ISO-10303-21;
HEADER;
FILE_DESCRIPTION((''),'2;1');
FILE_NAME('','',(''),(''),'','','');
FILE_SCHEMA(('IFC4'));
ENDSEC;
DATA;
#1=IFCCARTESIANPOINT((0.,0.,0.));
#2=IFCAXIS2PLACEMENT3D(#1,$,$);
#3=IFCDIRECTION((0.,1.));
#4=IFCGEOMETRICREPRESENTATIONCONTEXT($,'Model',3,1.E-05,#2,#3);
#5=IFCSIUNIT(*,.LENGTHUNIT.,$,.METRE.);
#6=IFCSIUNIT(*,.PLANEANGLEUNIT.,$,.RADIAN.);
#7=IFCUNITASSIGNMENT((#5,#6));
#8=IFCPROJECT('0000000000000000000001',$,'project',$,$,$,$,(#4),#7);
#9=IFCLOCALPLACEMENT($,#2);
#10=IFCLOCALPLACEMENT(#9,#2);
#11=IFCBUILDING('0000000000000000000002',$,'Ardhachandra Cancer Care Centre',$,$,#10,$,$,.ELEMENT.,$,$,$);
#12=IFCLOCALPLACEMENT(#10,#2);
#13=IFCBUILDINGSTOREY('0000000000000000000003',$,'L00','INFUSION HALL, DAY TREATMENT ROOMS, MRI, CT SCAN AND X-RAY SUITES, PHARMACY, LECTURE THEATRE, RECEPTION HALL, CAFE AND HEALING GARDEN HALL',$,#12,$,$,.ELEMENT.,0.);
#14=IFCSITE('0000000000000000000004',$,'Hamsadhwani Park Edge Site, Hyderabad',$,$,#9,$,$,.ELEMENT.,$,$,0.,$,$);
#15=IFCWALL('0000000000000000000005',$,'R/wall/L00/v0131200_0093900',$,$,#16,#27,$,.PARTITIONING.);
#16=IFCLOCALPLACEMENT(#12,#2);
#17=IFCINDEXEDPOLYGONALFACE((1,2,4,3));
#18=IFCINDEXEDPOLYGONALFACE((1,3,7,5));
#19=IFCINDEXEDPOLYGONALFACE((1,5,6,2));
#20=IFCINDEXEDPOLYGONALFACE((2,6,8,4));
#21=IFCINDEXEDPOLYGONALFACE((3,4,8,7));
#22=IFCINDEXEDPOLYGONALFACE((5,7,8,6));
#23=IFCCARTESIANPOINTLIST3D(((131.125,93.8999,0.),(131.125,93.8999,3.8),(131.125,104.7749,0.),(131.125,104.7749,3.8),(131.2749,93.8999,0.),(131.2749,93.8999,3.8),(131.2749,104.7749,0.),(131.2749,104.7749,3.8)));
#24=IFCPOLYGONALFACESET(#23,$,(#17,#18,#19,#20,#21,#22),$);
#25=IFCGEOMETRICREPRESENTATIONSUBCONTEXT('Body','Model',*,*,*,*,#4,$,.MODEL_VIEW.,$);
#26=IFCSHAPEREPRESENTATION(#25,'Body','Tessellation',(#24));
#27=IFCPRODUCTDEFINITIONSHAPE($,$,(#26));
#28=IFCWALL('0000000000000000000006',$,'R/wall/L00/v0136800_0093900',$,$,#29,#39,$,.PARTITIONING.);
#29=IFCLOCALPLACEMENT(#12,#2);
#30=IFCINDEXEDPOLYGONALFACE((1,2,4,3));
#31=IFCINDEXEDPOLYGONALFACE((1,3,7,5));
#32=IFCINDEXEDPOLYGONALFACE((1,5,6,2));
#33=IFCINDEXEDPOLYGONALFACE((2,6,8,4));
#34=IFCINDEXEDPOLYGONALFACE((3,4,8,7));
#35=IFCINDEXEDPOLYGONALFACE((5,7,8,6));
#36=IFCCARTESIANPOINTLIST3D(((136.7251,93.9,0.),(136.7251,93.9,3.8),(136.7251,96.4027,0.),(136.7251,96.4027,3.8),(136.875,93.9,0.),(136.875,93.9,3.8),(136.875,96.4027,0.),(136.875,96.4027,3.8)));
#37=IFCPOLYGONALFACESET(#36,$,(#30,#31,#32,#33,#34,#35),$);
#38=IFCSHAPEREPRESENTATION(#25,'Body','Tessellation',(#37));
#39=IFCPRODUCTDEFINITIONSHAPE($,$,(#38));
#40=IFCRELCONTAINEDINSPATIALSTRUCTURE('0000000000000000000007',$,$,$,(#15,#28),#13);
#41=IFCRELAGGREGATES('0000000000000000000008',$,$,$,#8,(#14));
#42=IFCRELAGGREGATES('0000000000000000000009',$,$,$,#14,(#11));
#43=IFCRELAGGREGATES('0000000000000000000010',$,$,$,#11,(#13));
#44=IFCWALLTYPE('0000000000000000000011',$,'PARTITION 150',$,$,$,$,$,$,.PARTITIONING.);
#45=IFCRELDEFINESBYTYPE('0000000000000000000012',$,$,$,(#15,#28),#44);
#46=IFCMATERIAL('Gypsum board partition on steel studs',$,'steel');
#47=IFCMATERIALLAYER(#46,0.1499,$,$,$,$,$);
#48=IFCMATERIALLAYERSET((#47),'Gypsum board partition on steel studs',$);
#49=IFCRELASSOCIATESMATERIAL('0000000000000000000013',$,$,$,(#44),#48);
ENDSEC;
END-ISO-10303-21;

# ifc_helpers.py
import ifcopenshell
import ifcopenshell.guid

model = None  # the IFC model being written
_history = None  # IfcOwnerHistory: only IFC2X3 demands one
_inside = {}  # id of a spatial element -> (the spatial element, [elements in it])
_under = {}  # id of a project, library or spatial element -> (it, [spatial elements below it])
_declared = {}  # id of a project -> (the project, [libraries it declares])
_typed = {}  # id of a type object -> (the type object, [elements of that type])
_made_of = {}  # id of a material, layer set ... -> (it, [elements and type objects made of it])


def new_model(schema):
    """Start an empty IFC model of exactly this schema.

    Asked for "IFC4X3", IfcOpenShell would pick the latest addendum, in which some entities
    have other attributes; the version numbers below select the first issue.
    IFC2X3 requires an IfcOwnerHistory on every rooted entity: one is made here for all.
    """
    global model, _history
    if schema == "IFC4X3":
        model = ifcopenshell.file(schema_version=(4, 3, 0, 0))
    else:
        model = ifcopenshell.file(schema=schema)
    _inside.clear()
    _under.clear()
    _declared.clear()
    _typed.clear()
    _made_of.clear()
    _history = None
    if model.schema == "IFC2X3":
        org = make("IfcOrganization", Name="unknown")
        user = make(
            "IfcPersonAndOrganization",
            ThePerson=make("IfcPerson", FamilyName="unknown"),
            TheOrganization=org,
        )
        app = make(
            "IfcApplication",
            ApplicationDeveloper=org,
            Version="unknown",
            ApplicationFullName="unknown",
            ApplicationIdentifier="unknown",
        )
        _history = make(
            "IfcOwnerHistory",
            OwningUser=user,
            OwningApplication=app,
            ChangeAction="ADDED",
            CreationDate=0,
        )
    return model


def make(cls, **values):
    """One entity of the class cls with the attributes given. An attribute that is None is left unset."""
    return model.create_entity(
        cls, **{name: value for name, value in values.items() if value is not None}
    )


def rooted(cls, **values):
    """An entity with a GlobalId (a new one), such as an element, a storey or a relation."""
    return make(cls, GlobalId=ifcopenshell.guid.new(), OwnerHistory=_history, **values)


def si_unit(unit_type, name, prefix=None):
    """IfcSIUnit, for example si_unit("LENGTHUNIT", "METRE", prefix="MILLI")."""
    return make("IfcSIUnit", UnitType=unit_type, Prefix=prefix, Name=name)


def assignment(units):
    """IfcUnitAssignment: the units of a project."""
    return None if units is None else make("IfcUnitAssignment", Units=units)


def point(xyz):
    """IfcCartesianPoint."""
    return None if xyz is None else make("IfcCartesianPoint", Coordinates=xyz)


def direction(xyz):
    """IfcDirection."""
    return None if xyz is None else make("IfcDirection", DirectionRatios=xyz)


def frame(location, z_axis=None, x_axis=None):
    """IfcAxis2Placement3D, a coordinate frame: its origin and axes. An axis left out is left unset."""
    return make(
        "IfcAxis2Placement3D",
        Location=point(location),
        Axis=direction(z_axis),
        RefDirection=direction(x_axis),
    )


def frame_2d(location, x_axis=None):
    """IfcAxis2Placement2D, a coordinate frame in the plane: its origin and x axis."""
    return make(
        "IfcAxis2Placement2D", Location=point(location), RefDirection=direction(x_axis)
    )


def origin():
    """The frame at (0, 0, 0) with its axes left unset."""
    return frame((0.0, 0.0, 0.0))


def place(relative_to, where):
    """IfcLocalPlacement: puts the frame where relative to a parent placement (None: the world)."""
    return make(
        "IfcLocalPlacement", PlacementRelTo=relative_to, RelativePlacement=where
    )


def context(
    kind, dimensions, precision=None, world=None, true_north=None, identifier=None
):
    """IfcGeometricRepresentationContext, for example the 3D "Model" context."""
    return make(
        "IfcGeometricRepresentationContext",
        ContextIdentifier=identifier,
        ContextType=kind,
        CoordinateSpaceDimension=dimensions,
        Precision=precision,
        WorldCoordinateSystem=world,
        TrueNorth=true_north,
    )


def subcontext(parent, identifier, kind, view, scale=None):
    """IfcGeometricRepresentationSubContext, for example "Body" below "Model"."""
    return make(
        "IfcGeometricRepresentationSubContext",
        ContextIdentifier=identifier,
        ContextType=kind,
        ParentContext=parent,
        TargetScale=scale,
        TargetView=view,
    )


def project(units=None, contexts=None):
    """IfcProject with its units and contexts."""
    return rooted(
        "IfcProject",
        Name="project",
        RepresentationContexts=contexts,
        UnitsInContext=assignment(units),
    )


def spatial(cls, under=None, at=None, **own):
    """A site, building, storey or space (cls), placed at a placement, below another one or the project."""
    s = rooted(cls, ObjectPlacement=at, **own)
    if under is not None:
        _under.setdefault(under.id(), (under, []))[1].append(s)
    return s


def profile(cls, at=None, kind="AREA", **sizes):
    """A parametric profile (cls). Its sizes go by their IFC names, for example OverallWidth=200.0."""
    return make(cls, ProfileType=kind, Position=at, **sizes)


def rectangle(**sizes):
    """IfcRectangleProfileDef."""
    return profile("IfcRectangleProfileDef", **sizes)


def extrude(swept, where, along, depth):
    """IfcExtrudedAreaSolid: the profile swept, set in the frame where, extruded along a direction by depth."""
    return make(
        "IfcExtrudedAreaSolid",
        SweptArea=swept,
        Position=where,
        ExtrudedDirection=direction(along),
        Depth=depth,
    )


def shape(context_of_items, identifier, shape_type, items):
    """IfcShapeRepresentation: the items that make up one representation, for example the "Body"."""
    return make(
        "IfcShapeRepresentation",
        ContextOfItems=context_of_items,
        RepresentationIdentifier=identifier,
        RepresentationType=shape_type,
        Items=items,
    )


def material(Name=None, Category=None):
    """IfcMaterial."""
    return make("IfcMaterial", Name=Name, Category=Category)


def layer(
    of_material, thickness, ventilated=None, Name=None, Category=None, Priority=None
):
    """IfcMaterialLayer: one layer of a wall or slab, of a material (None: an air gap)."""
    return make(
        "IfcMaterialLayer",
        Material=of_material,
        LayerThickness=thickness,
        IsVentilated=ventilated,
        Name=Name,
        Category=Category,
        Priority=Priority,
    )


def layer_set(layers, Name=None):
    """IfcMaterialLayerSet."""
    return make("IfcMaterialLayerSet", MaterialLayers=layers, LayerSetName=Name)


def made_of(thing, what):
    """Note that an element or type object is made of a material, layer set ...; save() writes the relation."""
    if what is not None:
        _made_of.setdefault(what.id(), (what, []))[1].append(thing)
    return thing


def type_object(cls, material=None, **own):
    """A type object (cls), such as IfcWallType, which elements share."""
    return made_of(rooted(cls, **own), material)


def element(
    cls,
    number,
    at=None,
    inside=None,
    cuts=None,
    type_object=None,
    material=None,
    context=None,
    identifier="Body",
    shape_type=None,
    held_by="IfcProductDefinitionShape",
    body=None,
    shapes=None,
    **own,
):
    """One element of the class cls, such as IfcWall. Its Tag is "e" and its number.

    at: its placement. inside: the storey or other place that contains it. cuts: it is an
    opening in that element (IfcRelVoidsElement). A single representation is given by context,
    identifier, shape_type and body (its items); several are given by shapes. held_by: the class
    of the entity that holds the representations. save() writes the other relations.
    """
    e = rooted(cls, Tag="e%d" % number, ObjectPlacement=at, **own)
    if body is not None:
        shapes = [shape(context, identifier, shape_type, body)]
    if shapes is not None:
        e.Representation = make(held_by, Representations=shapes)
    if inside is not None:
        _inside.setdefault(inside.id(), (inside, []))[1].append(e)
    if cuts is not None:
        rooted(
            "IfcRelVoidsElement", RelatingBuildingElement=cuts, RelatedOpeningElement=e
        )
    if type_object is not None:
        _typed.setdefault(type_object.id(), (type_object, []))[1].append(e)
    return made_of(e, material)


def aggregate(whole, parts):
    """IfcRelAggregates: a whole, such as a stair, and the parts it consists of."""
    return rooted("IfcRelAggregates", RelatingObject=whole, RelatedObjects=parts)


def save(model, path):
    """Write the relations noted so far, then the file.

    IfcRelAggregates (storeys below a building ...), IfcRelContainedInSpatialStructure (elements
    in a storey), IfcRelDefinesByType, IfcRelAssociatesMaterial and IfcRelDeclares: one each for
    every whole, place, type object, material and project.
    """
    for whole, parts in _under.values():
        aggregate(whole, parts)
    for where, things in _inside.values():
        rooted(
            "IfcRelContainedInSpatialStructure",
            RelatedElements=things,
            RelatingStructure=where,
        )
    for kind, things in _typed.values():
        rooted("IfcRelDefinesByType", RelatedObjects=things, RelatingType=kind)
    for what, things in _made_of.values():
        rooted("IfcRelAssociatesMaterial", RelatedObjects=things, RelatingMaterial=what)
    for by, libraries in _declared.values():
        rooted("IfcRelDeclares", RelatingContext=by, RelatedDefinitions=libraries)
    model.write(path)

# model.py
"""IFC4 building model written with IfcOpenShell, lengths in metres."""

from ifc_helpers import new_model, si_unit, direction, frame, frame_2d, origin, place, context, subcontext, project, spatial, rectangle, extrude, material, layer, layer_set, type_object, element, save


model = new_model("IFC4")

# Units and contexts
model_context = context("Model", 3, precision=1e-05, world=origin(), true_north=direction((0.0, 1.0)))
body_context = subcontext(model_context, "Body", "Model", "MODEL_VIEW")
ifc_project = project(units=[si_unit("LENGTHUNIT", "METRE"), si_unit("PLANEANGLEUNIT", "RADIAN")], contexts=[model_context])

# Site, building, storey
site_placement = place(None, origin())
site = spatial("IfcSite", under=ifc_project, at=site_placement, Name="Hamsadhwani Park Edge Site, Hyderabad", CompositionType="ELEMENT", RefElevation=0.0)
building_placement = place(site_placement, origin())
building = spatial("IfcBuilding", under=site, at=building_placement, Name="Ardhachandra Cancer Care Centre", CompositionType="ELEMENT")
storey_placement = place(building_placement, origin())
storey = spatial("IfcBuildingStorey", under=building, at=storey_placement, Name="L00", Description="INFUSION HALL, DAY TREATMENT ROOMS, MRI, CT SCAN AND X-RAY SUITES, PHARMACY, LECTURE THEATRE, RECEPTION HALL, CAFE AND HEALING GARDEN HALL", CompositionType="ELEMENT", Elevation=0.0)

# Walls
ifc_material_1 = material(Name="Gypsum board partition on steel studs", Category="steel")
ifc_layer_1 = layer(ifc_material_1, 0.1499)
ifc_layer_set_1 = layer_set([ifc_layer_1], Name="Gypsum board partition on steel studs")
wall_type_1 = type_object("IfcWallType", Name="PARTITION 150", PredefinedType="PARTITIONING", material=ifc_layer_set_1)
wall_1_placement = place(storey_placement, frame((131.2, 93.8999, 0.0), z_axis=(0.0, 0.0, 1.0), x_axis=(0.0, 1.0, 0.0)))
element("IfcWall", 1, at=wall_1_placement, inside=storey, type_object=wall_type_1, Name="R/wall/L00/v0131200_0093900", PredefinedType="PARTITIONING", context=body_context, shape_type="SweptSolid", body=[
    extrude(rectangle(XDim=10.875, YDim=0.1499, at=frame_2d((5.4375, 0.0))), origin(), (0.0, 0.0, 1.0), 3.8),
])
wall_2_placement = place(storey_placement, frame((136.8, 93.8999, 0.0), z_axis=(0.0, 0.0, 1.0), x_axis=(0.0, 1.0, 0.0)))
element("IfcWall", 2, at=wall_2_placement, inside=storey, type_object=wall_type_1, Name="R/wall/L00/v0136800_0093900", PredefinedType="PARTITIONING", context=body_context, shape_type="SweptSolid", body=[
    extrude(rectangle(XDim=2.5027, YDim=0.1499, at=frame_2d((1.2515, 0.0))), origin(), (0.0, 0.0, 1.0), 3.8),
])

save(model, "model.ifc")
